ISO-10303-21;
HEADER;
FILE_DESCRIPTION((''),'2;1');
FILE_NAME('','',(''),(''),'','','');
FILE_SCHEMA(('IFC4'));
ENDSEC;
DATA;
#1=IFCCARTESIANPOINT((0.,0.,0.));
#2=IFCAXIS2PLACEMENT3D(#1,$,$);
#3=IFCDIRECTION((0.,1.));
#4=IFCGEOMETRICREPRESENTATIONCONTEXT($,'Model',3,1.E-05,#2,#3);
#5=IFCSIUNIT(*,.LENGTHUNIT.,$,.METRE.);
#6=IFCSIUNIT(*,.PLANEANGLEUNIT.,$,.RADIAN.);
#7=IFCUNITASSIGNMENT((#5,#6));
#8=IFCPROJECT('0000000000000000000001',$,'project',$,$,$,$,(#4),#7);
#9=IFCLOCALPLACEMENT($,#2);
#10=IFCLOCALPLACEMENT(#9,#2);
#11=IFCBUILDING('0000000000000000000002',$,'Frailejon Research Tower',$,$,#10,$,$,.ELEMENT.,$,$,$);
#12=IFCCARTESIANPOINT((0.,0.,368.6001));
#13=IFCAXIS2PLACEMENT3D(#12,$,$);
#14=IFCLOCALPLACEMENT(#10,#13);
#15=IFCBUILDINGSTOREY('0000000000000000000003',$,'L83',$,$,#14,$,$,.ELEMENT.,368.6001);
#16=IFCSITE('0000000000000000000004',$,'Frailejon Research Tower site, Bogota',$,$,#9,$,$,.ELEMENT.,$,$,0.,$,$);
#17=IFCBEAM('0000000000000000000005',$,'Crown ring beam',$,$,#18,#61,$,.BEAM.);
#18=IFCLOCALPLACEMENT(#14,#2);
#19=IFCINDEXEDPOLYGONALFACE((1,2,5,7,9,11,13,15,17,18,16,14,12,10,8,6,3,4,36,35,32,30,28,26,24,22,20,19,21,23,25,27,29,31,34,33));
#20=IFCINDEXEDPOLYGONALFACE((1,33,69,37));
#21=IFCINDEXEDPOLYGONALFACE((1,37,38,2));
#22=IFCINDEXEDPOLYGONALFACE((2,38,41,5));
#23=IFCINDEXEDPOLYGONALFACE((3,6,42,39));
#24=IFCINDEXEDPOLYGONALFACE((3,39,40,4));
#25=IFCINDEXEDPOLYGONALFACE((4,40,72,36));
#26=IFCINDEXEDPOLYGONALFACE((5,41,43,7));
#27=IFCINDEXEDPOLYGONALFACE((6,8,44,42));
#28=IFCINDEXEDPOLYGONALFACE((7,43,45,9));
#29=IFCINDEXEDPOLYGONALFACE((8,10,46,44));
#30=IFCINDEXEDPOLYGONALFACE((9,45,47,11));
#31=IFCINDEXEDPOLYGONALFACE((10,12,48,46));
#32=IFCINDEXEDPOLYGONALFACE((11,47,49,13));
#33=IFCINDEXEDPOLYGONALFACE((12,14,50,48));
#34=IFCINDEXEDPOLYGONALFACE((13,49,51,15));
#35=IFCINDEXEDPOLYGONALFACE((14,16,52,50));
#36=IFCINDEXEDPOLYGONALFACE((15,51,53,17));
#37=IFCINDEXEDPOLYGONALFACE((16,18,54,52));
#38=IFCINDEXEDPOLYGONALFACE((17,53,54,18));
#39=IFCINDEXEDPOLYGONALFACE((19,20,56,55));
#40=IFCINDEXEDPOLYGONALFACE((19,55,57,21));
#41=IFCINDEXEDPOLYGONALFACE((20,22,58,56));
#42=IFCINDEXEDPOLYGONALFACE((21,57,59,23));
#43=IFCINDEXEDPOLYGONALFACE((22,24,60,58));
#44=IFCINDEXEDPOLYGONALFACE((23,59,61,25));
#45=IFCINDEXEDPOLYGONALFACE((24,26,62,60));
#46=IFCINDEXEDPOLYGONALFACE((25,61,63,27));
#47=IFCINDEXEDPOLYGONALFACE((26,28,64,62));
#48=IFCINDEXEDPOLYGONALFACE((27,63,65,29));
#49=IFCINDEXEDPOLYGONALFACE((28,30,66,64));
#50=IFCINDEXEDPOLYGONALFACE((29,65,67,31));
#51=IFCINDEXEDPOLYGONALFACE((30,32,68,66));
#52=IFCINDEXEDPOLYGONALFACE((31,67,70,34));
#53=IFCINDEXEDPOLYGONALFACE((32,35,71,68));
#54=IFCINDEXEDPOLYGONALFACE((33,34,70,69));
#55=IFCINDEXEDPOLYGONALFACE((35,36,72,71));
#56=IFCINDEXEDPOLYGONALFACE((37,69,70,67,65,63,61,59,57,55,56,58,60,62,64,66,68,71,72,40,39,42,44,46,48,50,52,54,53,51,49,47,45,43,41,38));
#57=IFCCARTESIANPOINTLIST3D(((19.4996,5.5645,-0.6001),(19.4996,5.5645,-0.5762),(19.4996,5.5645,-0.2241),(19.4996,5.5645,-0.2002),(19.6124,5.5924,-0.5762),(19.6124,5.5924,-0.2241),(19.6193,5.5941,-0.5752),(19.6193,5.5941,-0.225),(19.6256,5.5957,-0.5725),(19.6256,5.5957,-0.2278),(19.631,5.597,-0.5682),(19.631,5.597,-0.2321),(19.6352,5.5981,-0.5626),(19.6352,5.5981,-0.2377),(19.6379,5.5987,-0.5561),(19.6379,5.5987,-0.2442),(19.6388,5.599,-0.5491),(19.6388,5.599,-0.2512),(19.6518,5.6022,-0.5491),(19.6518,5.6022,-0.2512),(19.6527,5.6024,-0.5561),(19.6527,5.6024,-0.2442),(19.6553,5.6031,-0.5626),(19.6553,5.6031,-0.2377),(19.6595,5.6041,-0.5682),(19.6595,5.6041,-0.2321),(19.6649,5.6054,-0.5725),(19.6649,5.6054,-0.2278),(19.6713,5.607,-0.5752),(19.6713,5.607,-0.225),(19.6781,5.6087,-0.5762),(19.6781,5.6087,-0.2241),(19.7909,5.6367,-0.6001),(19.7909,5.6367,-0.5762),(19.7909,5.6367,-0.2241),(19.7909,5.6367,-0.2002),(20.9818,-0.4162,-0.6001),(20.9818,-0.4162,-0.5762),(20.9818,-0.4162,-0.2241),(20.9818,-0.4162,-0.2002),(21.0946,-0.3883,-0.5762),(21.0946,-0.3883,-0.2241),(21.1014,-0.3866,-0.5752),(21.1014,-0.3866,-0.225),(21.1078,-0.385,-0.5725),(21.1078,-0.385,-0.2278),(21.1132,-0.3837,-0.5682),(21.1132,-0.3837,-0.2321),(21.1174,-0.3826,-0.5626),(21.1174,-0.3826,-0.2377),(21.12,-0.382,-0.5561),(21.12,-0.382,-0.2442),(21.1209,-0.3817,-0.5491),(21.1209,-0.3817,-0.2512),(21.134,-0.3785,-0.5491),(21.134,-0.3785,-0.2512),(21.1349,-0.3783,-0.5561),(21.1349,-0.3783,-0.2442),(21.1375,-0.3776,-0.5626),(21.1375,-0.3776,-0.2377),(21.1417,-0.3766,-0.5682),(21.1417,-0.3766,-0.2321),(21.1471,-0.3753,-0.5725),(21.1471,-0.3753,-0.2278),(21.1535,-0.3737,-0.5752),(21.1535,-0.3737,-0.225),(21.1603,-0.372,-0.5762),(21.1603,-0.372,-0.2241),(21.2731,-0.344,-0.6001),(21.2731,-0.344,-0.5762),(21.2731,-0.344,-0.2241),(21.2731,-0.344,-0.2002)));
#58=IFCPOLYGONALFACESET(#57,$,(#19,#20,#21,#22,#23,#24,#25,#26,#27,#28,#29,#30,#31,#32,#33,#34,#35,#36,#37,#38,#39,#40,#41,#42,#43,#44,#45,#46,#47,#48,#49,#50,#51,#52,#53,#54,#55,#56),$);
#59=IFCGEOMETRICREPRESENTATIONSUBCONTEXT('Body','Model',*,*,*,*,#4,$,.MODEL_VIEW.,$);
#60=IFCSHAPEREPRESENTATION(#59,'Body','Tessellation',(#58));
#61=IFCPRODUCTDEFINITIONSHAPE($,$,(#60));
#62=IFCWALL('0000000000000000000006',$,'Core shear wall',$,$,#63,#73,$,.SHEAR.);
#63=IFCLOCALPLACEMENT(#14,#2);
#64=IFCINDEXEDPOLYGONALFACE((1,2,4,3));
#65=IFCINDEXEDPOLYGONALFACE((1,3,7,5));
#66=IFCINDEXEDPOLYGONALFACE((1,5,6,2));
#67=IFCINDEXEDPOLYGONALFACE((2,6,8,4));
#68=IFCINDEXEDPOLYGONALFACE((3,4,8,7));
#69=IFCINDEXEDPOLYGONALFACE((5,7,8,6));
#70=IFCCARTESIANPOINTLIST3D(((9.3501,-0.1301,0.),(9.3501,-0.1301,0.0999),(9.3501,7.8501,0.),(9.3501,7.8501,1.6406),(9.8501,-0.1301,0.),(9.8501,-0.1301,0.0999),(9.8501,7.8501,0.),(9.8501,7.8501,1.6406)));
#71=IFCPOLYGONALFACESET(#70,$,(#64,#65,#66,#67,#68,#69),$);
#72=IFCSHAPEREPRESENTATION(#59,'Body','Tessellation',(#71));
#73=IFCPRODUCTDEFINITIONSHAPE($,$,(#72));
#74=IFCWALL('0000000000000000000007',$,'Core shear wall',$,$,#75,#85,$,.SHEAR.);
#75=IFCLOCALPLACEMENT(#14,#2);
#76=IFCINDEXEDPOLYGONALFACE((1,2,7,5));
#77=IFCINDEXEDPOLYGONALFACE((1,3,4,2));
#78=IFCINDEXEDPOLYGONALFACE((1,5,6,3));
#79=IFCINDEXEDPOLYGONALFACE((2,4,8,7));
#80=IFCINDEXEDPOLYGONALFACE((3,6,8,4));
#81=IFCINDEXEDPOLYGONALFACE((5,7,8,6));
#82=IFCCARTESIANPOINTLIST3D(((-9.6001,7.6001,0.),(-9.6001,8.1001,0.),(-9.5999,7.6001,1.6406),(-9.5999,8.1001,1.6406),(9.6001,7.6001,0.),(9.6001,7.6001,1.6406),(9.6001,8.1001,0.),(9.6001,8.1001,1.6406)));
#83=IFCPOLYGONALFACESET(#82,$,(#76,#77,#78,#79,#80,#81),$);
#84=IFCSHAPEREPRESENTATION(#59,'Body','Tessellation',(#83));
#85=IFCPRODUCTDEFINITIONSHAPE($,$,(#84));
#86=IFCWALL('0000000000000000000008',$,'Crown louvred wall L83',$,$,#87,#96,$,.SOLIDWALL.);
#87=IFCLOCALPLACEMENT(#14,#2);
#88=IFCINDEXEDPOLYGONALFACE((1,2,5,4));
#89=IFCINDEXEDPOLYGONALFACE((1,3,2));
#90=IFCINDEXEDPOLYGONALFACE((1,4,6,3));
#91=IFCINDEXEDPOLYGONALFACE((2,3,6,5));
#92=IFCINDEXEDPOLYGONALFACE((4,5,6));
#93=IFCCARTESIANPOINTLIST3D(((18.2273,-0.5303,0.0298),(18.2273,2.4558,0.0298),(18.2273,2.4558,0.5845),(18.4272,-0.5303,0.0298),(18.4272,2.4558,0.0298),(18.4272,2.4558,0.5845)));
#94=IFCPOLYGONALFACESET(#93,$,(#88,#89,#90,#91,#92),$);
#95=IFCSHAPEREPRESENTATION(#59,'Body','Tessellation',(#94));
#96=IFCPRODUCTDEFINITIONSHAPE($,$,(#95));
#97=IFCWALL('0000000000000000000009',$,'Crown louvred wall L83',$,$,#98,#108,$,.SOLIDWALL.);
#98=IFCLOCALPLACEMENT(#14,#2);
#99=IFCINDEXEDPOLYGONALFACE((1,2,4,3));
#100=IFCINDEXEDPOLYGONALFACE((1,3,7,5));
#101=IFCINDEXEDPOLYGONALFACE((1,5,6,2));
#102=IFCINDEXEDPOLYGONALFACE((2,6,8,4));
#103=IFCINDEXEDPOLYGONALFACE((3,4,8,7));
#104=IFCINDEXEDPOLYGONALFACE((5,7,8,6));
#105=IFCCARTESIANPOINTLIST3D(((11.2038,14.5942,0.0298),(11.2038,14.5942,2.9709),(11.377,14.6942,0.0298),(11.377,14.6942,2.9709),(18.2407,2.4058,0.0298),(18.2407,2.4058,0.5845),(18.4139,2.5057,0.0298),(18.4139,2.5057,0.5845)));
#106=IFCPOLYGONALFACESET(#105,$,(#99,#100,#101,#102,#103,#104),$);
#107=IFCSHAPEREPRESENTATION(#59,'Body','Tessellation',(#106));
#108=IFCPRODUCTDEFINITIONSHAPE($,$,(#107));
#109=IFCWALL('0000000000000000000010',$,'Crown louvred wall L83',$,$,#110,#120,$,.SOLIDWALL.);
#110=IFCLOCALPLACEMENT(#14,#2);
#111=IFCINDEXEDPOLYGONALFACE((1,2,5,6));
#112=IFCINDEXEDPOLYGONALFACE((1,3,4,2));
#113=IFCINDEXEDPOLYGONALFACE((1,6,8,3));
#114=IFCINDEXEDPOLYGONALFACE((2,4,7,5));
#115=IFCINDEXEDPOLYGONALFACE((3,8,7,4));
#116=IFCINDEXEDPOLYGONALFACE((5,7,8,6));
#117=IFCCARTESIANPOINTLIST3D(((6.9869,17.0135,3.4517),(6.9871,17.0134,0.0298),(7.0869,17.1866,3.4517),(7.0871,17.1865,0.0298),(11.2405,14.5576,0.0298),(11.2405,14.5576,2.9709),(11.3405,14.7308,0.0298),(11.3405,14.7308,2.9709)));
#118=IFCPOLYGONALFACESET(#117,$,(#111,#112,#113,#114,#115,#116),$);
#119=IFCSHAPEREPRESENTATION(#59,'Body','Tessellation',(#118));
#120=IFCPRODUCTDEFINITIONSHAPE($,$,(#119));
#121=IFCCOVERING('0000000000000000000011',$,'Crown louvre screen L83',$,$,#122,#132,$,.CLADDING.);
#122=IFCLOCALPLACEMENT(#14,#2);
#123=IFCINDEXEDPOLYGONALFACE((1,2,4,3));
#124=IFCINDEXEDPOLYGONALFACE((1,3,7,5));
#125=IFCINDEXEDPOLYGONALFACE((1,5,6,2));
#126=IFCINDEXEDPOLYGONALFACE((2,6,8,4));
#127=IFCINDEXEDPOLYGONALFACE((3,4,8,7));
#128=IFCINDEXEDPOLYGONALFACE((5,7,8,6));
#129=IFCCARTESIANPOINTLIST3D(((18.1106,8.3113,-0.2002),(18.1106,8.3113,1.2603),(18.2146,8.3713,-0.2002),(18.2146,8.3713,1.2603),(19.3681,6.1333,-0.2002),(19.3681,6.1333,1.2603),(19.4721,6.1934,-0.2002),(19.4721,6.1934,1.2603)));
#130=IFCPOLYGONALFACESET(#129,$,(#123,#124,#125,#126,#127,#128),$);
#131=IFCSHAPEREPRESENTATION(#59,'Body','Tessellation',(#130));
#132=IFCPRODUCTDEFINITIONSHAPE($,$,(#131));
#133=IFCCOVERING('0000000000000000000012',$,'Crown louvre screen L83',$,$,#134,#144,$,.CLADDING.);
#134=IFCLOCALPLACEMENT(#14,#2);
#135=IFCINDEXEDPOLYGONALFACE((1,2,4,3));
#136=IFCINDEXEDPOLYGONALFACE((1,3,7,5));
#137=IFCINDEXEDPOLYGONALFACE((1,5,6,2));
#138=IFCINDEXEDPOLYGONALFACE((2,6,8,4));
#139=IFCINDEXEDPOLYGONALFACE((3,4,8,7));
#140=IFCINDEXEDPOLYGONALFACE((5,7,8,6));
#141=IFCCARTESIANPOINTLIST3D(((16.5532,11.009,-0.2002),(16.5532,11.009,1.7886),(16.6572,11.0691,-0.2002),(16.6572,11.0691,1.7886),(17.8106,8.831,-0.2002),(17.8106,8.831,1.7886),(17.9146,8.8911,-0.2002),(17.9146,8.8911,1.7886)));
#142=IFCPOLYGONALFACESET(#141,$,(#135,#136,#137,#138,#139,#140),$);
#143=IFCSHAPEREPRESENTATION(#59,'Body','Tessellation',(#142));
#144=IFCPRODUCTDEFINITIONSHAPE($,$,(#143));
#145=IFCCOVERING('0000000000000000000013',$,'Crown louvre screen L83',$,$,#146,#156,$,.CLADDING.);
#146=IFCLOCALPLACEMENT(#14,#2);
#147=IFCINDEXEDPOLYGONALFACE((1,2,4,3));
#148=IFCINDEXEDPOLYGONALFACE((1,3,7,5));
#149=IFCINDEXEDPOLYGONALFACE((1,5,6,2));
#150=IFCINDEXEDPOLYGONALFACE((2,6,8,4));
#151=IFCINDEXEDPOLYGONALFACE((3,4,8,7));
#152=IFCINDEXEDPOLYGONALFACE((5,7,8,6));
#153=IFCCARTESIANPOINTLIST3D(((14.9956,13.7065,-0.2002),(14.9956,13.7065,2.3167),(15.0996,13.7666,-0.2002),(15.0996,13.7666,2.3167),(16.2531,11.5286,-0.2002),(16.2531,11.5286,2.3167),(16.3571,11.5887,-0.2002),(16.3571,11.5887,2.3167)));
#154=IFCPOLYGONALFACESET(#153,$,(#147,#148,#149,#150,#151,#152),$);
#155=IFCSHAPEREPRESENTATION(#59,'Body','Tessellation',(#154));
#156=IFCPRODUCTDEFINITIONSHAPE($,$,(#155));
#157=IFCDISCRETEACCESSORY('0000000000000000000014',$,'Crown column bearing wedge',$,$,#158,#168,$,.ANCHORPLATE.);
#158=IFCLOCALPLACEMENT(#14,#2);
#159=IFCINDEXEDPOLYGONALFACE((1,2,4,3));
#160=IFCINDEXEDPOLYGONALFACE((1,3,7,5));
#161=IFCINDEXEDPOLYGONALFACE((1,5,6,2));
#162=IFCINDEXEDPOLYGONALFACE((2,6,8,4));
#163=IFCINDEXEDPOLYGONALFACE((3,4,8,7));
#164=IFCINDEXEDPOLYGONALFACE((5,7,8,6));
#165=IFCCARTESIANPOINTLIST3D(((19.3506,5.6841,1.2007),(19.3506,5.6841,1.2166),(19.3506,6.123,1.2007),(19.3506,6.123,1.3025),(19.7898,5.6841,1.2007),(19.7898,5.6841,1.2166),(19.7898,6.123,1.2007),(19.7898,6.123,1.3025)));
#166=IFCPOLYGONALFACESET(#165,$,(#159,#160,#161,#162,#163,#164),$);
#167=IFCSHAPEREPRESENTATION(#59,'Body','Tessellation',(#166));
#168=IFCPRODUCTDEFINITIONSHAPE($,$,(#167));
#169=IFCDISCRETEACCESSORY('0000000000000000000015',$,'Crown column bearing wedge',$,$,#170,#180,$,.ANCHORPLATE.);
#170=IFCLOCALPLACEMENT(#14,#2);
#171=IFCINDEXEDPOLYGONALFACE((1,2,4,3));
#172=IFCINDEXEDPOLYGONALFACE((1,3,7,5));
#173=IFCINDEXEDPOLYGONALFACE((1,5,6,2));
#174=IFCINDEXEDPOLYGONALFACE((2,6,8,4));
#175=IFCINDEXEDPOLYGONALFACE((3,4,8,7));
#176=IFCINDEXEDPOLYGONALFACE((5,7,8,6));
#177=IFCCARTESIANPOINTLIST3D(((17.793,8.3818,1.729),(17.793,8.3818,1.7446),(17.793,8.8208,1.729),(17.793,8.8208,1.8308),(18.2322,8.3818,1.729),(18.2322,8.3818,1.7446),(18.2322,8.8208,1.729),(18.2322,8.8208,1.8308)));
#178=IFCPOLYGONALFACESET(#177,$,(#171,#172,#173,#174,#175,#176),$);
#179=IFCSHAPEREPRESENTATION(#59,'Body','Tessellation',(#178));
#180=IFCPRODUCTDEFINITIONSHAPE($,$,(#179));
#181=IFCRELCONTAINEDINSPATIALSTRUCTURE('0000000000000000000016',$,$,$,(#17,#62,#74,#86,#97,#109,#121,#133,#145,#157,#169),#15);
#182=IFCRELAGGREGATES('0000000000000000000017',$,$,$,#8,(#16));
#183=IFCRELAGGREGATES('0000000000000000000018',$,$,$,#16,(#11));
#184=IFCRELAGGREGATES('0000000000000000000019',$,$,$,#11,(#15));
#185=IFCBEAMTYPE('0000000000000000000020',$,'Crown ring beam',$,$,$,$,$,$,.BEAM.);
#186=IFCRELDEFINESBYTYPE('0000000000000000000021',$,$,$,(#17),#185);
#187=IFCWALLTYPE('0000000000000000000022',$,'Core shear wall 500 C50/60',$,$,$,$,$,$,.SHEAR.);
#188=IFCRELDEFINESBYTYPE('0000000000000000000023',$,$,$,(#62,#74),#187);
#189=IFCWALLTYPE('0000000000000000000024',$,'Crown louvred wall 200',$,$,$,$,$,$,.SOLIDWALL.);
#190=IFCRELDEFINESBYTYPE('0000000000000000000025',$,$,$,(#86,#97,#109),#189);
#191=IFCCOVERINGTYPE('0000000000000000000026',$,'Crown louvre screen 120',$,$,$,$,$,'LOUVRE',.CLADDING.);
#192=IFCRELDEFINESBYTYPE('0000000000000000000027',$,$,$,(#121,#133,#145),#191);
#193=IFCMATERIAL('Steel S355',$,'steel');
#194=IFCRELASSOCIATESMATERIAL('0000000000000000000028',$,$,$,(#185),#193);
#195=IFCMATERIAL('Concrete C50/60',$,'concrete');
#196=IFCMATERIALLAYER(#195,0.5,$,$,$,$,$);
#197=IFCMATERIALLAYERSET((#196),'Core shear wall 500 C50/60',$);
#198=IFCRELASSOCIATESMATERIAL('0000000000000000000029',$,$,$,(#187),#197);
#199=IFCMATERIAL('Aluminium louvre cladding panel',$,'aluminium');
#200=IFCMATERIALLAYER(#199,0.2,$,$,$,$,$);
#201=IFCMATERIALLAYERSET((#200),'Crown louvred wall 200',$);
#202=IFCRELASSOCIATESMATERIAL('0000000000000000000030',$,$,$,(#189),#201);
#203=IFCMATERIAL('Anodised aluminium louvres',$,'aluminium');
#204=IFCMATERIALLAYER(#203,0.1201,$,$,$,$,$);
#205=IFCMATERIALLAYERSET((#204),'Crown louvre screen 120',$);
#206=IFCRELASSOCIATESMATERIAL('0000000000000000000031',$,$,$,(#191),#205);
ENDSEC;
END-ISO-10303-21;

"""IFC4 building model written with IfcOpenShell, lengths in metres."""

from ifc_helpers import new_model, si_unit, direction, frame, origin, origin_2d, place, context, subcontext, project, spatial, polyline, i_section, outline, extrude, material, layer, layer_set, material_profile, profile_set, type_object, element, save


model = new_model("IFC4")

# Units and contexts
model_context = context("Model", 3, precision=1e-05, world=origin(), true_north=direction((0.0, 1.0)))
body_context = subcontext(model_context, "Body", "Model", "MODEL_VIEW")
ifc_project = project(units=[si_unit("LENGTHUNIT", "METRE"), si_unit("PLANEANGLEUNIT", "RADIAN")], contexts=[model_context])

# Site, building, storey
site_placement = place(None, origin())
site = spatial("IfcSite", under=ifc_project, at=site_placement, Name="Frailejon Research Tower site, Bogota", CompositionType="ELEMENT", RefElevation=0.0)
building_placement = place(site_placement, origin())
building = spatial("IfcBuilding", under=site, at=building_placement, Name="Frailejon Research Tower", CompositionType="ELEMENT")
storey_placement = place(building_placement, frame((0.0, 0.0, 368.6001)))
storey = spatial("IfcBuildingStorey", under=building, at=storey_placement, Name="L83", CompositionType="ELEMENT", Elevation=368.6001)

# Beam
ifc_material_1 = material(Name="Steel S355", Category="steel")
ifc_material_profile_1 = material_profile(ifc_material_1, i_section(OverallWidth=0.3, OverallDepth=0.3999, WebThickness=0.0134, FlangeThickness=0.0239, FilletRadius=0.0271, at=origin_2d()), Name="HE 400 B")
ifc_profile_set_1 = profile_set([ifc_material_profile_1], Name="Steel S355")
beam_type_1 = type_object("IfcBeamType", Name="Crown ring beam", PredefinedType="BEAM", material=ifc_profile_set_1)
beam_1_placement = place(storey_placement, frame((21.1274, -0.3801, -0.4001), z_axis=(-0.240549, 0.970637, 0.0), x_axis=(-0.970637, -0.240549, 0.0)))
element("IfcBeam", 1, at=beam_1_placement, inside=storey, type_object=beam_type_1, Name="Crown ring beam", PredefinedType="BEAM", context=body_context, shape_type="SweptSolid", body=[
    extrude(i_section(OverallWidth=0.3, OverallDepth=0.3999, WebThickness=0.0134, FlangeThickness=0.0239, FilletRadius=0.0271, at=origin_2d()), origin(), (0.0, 0.0, 1.0), 6.1616),
])

# Walls
ifc_material_2 = material(Name="Concrete C50/60", Category="concrete")
ifc_layer_1 = layer(ifc_material_2, 0.5)
ifc_layer_set_1 = layer_set([ifc_layer_1], Name="Core shear wall 500 C50/60")
wall_type_1 = type_object("IfcWallType", Name="Core shear wall 500 C50/60", PredefinedType="SHEAR", material=ifc_layer_set_1)
wall_1_placement = place(storey_placement, frame((9.6001, -0.1301, 0.0), z_axis=(0.0, 0.0, 1.0), x_axis=(0.0, 1.0, 0.0)))
element("IfcWall", 2, at=wall_1_placement, inside=storey, type_object=wall_type_1, Name="Core shear wall", PredefinedType="SHEAR", context=body_context, shape_type="SweptSolid", body=[
    extrude(outline(polyline([(0.0, 0.0), (7.9802, 0.0), (7.9802, 1.6406), (0.0, 0.0999), (0.0, 0.0)])), frame((0.0, 0.25, 0.0), z_axis=(0.0, -1.0, 0.0), x_axis=(1.0, 0.0, 0.0)), (0.0, 0.0, 1.0), 0.5),
])
wall_2_placement = place(storey_placement, frame((9.6001, 7.8501, 0.0), z_axis=(0.0, 0.0, 1.0), x_axis=(-1.0, 0.0, 0.0)))
element("IfcWall", 3, at=wall_2_placement, inside=storey, type_object=wall_type_1, Name="Core shear wall", PredefinedType="SHEAR", context=body_context, shape_type="SweptSolid", body=[
    extrude(outline(polyline([(0.0, 0.0), (19.2002, 0.0), (19.2, 1.6406), (0.0, 1.6406), (0.0, 0.0)])), frame((0.0, 0.25, 0.0), z_axis=(0.0, -1.0, 0.0), x_axis=(1.0, 0.0, 0.0)), (0.0, 0.0, 1.0), 0.5),
])
ifc_material_3 = material(Name="Aluminium louvre cladding panel", Category="aluminium")
ifc_layer_2 = layer(ifc_material_3, 0.2)
ifc_layer_set_2 = layer_set([ifc_layer_2], Name="Crown louvred wall 200")
wall_type_2 = type_object("IfcWallType", Name="Crown louvred wall 200", PredefinedType="SOLIDWALL", material=ifc_layer_set_2)
wall_3_placement = place(storey_placement, frame((18.3274, -0.5303, 0.0298), z_axis=(0.0, 0.0, 1.0), x_axis=(0.0, 1.0, 0.0)))
element("IfcWall", 4, at=wall_3_placement, inside=storey, type_object=wall_type_2, Name="Crown louvred wall L83", PredefinedType="SOLIDWALL", context=body_context, shape_type="SweptSolid", body=[
    extrude(outline(polyline([(0.0, 0.0), (2.9861, 0.0), (2.9861, 0.5547), (0.0, 0.0), (0.0, 0.0)])), frame((0.0, 0.1001, 0.0), z_axis=(0.0, -1.0, 0.0), x_axis=(1.0, 0.0, 0.0)), (0.0, 0.0, 1.0), 0.2),
])
wall_4_placement = place(storey_placement, frame((18.3274, 2.4558, 0.0298), z_axis=(0.0, 0.0, 1.0), x_axis=(-0.499992, 0.86603, 0.0)))
element("IfcWall", 5, at=wall_4_placement, inside=storey, type_object=wall_type_2, Name="Crown louvred wall L83", PredefinedType="SOLIDWALL", context=body_context, shape_type="SweptSolid", body=[
    extrude(outline(polyline([(0.0, 0.0), (14.074, 0.0), (14.074, 2.9412), (0.0, 0.5547), (0.0, 0.0)])), frame((0.0, 0.1001, 0.0), z_axis=(0.0, -1.0, 0.0), x_axis=(1.0, 0.0, 0.0)), (0.0, 0.0, 1.0), 0.2),
])
wall_5_placement = place(storey_placement, frame((11.2905, 14.6443, 0.0298), z_axis=(0.0, 0.0, 1.0), x_axis=(-0.866017, 0.500015, 0.0)))
element("IfcWall", 6, at=wall_5_placement, inside=storey, type_object=wall_type_2, Name="Crown louvred wall L83", PredefinedType="SOLIDWALL", context=body_context, shape_type="SweptSolid", body=[
    extrude(outline(polyline([(0.0, 0.0), (4.9114, 0.0), (4.9116, 3.4219), (0.0, 2.9412), (0.0, 0.0)])), frame((0.0, 0.1001, 0.0), z_axis=(0.0, -1.0, 0.0), x_axis=(1.0, 0.0, 0.0)), (0.0, 0.0, 1.0), 0.2),
])

# Coverings
ifc_material_4 = material(Name="Anodised aluminium louvres", Category="aluminium")
ifc_layer_3 = layer(ifc_material_4, 0.1201)
ifc_layer_set_3 = layer_set([ifc_layer_3], Name="Crown louvre screen 120")
covering_type = type_object("IfcCoveringType", Name="Crown louvre screen 120", ElementType="LOUVRE", PredefinedType="CLADDING", material=ifc_layer_set_3)
covering_1_placement = place(storey_placement, frame((18.1626, 8.3413, -0.2002), z_axis=(0.500009, -0.86602, 0.0), x_axis=(0.86602, 0.500009, 0.0)))
element("IfcCovering", 7, at=covering_1_placement, inside=storey, type_object=covering_type, Name="Crown louvre screen L83", PredefinedType="CLADDING", context=body_context, shape_type="SweptSolid", body=[
    extrude(outline(polyline([(-0.0601, 0.0), (0.0601, 0.0), (0.0601, 1.4604), (-0.0601, 1.4604), (-0.0601, 0.0)])), origin(), (0.0, 0.0, 1.0), 2.5149),
])
covering_2_placement = place(storey_placement, frame((16.6052, 11.0391, -0.2002), z_axis=(0.499979, -0.866037, 0.0), x_axis=(0.866037, 0.499979, 0.0)))
element("IfcCovering", 8, at=covering_2_placement, inside=storey, type_object=covering_type, Name="Crown louvre screen L83", PredefinedType="CLADDING", context=body_context, shape_type="SweptSolid", body=[
    extrude(outline(polyline([(-0.0601, 0.0), (0.0601, 0.0), (0.0601, 1.9888), (-0.0601, 1.9888), (-0.0601, 0.0)])), origin(), (0.0, 0.0, 1.0), 2.5149),
])
covering_3_placement = place(storey_placement, frame((15.0476, 13.7366, -0.2002), z_axis=(0.500009, -0.86602, 0.0), x_axis=(0.86602, 0.500009, 0.0)))
element("IfcCovering", 9, at=covering_3_placement, inside=storey, type_object=covering_type, Name="Crown louvre screen L83", PredefinedType="CLADDING", context=body_context, shape_type="SweptSolid", body=[
    extrude(outline(polyline([(-0.0601, 0.0), (0.0601, 0.0), (0.0601, 2.5168), (-0.0601, 2.5168), (-0.0601, 0.0)])), origin(), (0.0, 0.0, 1.0), 2.5149),
])

# Discrete accessories
discrete_accessory_1_placement = place(storey_placement, frame((19.3506, 5.9036, 1.2007), z_axis=(1.0, 0.0, 0.0), x_axis=(0.0, 1.0, 0.0)))
element("IfcDiscreteAccessory", 10, at=discrete_accessory_1_placement, inside=storey, Name="Crown column bearing wedge", PredefinedType="ANCHORPLATE", context=body_context, shape_type="SweptSolid", body=[
    extrude(outline(polyline([(-0.2195, 0.0), (0.2195, 0.0), (0.2195, 0.1018), (-0.2195, 0.0159), (-0.2195, 0.0)])), origin(), (0.0, 0.0, 1.0), 0.4392),
])
discrete_accessory_2_placement = place(storey_placement, frame((17.793, 8.6013, 1.729), z_axis=(1.0, 0.0, 0.0), x_axis=(0.0, 1.0, 0.0)))
element("IfcDiscreteAccessory", 11, at=discrete_accessory_2_placement, inside=storey, Name="Crown column bearing wedge", PredefinedType="ANCHORPLATE", context=body_context, shape_type="SweptSolid", body=[
    extrude(outline(polyline([(-0.2195, 0.0), (0.2195, 0.0), (0.2195, 0.1018), (-0.2195, 0.0156), (-0.2195, 0.0)])), origin(), (0.0, 0.0, 1.0), 0.4392),
])

save(model, "model.ifc")
